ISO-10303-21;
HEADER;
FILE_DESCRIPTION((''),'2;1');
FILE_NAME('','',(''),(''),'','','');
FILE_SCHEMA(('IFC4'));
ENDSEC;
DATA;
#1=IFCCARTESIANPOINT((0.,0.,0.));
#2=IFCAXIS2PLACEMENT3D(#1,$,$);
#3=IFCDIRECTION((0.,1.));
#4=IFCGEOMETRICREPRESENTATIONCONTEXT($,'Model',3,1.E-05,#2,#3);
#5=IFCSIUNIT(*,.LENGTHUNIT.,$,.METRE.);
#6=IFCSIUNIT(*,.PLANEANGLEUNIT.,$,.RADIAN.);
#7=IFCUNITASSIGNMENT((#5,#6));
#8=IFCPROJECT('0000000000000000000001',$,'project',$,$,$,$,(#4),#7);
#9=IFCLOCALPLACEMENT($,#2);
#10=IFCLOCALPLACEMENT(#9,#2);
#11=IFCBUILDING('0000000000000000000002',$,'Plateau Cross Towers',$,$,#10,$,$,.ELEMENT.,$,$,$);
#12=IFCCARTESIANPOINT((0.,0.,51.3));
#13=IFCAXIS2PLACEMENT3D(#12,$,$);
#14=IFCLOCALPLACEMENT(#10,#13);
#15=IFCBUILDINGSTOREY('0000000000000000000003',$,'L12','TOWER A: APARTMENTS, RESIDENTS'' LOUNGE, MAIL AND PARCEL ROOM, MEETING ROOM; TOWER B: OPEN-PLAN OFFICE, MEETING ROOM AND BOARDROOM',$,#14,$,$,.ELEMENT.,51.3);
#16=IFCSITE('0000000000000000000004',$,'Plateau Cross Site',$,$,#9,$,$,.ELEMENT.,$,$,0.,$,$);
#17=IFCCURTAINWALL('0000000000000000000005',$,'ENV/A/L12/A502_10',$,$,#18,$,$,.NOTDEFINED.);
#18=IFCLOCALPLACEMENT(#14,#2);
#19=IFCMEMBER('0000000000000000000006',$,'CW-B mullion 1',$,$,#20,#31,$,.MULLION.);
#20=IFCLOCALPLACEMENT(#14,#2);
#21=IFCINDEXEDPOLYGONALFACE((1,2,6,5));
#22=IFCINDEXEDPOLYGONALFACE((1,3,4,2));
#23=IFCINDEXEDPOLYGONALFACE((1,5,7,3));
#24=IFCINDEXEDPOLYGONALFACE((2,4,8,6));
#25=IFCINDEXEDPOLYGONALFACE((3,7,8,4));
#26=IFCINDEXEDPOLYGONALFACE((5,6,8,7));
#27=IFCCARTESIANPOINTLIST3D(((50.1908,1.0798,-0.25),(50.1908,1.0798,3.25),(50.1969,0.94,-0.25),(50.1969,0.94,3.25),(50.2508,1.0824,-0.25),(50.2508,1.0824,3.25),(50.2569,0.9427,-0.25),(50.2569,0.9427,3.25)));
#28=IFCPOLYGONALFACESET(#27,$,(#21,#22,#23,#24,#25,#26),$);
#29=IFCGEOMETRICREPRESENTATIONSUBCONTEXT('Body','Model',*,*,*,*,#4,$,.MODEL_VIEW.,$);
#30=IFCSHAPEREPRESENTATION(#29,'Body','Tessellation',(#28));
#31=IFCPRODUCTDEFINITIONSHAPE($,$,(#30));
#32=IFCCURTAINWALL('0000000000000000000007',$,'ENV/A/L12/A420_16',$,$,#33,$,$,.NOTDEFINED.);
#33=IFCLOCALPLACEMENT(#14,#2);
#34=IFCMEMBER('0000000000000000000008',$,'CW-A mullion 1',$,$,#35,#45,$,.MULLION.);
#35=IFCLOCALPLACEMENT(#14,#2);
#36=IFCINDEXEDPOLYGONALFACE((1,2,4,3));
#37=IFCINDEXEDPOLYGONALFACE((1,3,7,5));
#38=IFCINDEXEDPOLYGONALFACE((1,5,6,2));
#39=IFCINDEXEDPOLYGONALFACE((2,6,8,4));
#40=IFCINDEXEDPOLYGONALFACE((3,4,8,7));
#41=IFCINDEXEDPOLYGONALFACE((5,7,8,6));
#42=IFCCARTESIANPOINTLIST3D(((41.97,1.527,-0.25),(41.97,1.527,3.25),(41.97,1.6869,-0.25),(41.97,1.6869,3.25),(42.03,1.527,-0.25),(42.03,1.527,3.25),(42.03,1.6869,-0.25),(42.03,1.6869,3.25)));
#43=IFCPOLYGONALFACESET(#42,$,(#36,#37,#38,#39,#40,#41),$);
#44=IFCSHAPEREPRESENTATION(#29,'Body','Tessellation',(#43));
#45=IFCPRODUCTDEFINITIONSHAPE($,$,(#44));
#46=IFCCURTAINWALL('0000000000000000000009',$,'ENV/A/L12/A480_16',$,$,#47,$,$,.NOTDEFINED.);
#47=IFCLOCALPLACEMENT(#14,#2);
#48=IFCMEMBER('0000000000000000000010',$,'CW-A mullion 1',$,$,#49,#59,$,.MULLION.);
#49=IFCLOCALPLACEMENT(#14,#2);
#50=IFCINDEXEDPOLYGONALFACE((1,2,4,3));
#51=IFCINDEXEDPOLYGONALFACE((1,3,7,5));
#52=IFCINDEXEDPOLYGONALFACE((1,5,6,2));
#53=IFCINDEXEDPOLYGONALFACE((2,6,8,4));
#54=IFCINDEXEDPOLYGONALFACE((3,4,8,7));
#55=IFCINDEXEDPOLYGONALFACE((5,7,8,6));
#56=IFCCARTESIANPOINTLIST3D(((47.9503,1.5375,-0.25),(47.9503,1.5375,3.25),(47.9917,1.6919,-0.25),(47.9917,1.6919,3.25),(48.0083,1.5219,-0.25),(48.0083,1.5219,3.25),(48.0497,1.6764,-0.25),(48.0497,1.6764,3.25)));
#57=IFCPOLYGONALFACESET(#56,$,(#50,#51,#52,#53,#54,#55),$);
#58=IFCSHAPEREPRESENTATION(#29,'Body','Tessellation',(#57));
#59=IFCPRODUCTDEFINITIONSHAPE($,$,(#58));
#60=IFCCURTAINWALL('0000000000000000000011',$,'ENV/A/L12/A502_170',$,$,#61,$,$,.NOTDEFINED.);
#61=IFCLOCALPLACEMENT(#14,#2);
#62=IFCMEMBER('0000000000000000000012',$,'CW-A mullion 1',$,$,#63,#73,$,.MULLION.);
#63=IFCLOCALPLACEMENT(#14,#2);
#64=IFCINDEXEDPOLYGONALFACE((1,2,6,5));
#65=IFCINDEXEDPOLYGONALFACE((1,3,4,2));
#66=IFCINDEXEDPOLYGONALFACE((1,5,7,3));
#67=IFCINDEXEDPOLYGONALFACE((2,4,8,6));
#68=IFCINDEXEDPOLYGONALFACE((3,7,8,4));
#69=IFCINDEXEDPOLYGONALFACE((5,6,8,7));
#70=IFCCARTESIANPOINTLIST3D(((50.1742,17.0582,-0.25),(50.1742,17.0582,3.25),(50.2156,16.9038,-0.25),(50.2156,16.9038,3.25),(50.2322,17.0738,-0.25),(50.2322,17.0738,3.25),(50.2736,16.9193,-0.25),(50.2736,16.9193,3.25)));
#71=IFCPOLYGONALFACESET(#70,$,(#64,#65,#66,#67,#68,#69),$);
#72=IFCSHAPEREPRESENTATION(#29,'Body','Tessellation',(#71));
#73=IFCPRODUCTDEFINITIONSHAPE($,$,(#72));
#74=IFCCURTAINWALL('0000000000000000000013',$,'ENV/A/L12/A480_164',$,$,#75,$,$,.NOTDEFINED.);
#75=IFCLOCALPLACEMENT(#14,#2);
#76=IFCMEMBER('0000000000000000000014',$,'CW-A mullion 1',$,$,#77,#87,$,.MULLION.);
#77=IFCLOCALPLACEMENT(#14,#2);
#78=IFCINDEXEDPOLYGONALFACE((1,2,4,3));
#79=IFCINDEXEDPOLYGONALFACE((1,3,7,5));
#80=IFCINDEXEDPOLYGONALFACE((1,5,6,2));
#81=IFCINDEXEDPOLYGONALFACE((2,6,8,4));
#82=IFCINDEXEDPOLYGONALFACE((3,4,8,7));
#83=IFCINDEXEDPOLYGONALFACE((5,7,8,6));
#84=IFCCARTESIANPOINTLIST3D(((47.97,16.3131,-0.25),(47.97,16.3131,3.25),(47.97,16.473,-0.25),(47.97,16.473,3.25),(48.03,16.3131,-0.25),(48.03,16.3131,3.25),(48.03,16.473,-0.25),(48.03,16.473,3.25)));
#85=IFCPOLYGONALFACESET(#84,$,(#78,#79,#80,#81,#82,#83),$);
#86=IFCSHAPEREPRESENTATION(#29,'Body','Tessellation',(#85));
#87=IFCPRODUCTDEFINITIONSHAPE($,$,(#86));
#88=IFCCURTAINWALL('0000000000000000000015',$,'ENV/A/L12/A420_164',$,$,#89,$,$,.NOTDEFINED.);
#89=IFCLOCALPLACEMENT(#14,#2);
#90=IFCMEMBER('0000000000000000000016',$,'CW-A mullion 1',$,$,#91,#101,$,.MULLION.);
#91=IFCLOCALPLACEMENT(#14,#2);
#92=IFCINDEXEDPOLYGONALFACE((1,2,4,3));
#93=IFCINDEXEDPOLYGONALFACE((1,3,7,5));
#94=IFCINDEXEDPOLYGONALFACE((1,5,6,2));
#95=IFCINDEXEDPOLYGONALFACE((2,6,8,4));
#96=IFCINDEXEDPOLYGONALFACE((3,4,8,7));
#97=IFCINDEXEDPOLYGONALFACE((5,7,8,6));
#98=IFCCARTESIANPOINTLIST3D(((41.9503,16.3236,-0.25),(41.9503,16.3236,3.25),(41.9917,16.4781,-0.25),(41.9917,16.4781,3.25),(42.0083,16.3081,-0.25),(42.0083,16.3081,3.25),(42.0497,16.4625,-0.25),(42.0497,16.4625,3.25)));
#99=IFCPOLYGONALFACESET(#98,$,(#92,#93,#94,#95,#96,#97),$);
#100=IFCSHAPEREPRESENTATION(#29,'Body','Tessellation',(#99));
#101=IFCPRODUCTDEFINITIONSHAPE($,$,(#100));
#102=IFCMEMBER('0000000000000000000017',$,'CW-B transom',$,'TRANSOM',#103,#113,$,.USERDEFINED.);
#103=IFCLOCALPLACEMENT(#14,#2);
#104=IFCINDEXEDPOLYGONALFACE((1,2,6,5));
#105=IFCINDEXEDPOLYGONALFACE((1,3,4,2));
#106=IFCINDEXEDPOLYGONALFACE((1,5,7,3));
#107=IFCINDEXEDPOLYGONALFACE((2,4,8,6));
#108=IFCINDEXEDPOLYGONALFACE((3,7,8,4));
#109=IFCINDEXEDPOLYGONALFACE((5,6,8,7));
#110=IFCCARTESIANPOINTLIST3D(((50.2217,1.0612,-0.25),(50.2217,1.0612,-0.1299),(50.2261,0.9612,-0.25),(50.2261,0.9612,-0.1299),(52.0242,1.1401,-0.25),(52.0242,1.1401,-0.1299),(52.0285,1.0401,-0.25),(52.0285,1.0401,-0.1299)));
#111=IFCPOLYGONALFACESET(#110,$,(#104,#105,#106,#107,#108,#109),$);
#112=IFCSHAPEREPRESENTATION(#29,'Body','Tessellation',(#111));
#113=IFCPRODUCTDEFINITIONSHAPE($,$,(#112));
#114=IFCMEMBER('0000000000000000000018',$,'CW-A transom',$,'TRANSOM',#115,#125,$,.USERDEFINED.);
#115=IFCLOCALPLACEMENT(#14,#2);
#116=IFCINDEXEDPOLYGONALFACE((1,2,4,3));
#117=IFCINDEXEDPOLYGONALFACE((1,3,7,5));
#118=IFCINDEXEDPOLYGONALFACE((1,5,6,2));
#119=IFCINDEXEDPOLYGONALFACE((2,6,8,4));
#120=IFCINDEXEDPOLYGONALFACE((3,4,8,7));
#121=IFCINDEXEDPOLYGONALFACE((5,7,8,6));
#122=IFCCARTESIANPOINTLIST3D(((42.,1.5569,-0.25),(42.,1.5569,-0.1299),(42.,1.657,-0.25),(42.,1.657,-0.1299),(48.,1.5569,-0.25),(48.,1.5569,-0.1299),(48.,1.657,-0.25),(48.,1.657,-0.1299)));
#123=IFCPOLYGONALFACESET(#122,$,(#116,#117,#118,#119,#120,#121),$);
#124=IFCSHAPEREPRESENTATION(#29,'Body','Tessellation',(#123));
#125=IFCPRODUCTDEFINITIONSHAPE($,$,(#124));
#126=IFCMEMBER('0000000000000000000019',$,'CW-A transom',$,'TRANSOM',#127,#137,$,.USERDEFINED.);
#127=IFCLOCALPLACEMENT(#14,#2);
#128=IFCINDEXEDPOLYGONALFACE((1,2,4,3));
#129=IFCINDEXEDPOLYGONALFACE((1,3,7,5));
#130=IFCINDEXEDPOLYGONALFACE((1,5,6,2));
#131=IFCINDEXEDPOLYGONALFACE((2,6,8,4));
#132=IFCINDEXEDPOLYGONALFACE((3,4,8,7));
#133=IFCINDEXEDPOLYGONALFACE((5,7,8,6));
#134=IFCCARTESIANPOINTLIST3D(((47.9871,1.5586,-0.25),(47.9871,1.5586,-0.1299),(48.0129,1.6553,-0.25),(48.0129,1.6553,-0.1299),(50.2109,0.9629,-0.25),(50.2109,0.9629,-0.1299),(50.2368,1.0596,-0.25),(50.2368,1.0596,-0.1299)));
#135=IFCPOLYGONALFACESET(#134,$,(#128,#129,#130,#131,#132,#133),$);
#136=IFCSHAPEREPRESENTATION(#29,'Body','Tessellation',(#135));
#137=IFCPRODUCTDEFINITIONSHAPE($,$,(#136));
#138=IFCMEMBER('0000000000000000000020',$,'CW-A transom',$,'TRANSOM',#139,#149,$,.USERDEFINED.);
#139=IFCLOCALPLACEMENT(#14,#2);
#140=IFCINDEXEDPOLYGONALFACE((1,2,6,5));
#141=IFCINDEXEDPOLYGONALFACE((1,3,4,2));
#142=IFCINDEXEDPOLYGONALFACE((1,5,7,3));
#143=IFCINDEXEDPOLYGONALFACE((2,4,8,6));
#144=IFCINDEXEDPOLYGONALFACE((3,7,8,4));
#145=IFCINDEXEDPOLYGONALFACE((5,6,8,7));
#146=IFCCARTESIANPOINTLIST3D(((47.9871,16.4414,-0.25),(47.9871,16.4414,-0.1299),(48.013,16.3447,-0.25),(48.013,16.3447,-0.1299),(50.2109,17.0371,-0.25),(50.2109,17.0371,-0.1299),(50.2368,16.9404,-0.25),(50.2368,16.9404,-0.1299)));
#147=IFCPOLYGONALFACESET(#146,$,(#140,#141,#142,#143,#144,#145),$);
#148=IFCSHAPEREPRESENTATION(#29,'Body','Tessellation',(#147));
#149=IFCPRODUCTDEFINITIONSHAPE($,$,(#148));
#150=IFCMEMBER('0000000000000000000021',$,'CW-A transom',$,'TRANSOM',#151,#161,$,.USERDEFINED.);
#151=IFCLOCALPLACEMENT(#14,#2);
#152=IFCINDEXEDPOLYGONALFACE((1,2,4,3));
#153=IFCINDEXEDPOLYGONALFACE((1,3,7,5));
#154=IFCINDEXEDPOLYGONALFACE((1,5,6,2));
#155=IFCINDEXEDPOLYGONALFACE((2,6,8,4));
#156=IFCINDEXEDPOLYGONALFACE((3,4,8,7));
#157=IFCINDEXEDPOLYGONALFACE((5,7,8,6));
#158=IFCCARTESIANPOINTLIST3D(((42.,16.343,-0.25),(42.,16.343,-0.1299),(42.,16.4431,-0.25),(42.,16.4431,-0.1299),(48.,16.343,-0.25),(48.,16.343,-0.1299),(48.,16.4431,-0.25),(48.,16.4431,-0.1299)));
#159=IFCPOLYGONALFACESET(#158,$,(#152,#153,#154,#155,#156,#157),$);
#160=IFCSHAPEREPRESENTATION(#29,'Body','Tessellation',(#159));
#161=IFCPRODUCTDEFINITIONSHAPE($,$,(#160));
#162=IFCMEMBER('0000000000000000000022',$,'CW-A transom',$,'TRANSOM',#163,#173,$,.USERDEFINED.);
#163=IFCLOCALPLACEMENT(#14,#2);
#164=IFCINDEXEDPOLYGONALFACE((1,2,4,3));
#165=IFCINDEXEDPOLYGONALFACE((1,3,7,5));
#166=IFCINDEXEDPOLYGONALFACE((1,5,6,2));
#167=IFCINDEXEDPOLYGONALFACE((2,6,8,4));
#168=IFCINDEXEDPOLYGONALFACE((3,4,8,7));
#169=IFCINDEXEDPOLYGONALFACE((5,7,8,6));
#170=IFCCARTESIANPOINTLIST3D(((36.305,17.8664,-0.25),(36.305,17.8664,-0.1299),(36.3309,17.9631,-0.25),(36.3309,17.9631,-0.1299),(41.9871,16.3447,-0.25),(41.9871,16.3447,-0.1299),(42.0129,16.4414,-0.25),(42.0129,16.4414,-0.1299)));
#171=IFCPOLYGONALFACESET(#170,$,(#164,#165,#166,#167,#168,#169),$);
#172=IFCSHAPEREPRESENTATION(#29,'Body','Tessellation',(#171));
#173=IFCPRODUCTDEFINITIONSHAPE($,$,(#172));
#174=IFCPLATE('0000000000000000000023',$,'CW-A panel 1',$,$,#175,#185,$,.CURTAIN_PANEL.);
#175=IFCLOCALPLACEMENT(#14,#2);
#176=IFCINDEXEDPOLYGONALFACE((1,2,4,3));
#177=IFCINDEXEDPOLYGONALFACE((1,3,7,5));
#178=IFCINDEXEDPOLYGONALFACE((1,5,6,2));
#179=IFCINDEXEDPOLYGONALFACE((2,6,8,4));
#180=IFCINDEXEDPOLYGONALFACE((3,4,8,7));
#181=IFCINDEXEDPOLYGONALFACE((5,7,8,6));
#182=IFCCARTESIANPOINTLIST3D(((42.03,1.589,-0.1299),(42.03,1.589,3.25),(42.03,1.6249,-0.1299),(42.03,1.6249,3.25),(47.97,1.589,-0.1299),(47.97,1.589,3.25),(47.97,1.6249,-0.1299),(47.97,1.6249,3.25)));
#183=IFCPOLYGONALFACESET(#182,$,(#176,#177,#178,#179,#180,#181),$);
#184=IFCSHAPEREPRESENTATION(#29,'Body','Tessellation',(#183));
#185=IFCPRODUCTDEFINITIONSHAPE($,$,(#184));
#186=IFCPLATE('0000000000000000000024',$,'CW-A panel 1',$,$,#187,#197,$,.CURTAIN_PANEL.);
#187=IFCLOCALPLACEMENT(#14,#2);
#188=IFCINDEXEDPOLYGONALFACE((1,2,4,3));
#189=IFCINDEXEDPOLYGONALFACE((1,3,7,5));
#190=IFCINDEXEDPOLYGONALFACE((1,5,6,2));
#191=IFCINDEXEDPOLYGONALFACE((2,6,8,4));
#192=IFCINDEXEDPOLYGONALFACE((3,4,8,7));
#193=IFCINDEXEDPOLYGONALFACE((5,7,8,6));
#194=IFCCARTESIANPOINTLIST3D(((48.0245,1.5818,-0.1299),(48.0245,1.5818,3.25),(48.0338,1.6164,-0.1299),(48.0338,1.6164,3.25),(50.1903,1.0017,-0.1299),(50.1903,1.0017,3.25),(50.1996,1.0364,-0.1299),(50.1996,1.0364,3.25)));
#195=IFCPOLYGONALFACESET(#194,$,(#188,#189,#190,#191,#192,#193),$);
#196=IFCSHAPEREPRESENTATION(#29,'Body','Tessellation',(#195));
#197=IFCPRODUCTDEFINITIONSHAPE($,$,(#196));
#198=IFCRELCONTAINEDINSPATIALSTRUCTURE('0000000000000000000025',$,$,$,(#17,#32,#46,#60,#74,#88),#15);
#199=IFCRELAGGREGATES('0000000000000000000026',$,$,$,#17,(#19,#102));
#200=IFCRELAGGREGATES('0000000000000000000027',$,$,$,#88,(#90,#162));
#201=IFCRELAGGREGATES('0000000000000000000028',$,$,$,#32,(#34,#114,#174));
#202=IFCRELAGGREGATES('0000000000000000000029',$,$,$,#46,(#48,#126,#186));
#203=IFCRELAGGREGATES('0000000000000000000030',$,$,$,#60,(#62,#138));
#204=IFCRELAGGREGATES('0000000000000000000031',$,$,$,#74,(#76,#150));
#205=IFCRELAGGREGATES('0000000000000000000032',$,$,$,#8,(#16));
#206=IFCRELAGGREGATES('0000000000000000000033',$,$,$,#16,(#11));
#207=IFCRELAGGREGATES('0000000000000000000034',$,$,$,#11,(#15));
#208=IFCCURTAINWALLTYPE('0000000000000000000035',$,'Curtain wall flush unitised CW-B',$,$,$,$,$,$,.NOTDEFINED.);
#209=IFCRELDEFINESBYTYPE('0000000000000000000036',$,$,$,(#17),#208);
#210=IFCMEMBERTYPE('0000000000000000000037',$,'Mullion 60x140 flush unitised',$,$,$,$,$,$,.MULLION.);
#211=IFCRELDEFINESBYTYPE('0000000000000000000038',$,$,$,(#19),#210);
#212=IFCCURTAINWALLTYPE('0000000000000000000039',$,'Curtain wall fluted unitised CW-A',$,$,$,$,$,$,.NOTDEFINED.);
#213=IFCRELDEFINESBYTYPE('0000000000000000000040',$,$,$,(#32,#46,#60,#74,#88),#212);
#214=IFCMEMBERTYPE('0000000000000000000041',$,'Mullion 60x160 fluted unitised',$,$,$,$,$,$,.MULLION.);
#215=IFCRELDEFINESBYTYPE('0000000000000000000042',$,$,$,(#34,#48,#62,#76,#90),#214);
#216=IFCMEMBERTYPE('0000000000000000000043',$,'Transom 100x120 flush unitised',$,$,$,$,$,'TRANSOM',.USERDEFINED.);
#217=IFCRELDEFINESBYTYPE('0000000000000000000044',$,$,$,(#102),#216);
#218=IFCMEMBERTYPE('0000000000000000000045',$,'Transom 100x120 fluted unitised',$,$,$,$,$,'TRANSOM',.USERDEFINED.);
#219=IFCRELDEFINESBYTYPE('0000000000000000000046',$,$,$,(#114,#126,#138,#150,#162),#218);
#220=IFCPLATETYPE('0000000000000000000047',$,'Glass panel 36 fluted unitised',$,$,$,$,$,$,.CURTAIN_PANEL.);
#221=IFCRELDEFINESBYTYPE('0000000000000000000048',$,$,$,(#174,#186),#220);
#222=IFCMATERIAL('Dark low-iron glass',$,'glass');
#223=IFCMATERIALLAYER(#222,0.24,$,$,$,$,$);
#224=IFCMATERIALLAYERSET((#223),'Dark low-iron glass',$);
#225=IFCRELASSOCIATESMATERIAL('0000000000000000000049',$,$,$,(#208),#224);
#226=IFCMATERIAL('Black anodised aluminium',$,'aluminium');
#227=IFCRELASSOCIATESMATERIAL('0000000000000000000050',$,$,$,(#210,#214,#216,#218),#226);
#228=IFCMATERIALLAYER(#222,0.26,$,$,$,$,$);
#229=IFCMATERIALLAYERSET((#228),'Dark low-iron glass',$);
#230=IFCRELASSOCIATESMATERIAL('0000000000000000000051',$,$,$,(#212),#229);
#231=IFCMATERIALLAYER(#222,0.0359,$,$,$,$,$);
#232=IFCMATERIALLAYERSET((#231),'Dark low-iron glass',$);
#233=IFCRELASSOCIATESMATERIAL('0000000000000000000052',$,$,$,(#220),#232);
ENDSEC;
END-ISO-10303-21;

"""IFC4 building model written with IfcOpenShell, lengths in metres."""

from ifc_helpers import new_model, si_unit, direction, frame, origin, origin_2d, place, context, subcontext, project, spatial, rectangle, extrude, material, layer, layer_set, material_profile, profile_set, type_object, element, aggregate, save


model = new_model("IFC4")

# Units and contexts
model_context = context("Model", 3, precision=1e-05, world=origin(), true_north=direction((0.0, 1.0)))
body_context = subcontext(model_context, "Body", "Model", "MODEL_VIEW")
ifc_project = project(units=[si_unit("LENGTHUNIT", "METRE"), si_unit("PLANEANGLEUNIT", "RADIAN")], contexts=[model_context])

# Site, building, storey
site_placement = place(None, origin())
site = spatial("IfcSite", under=ifc_project, at=site_placement, Name="Plateau Cross Site", CompositionType="ELEMENT", RefElevation=0.0)
building_placement = place(site_placement, origin())
building = spatial("IfcBuilding", under=site, at=building_placement, Name="Plateau Cross Towers", CompositionType="ELEMENT")
storey_placement = place(building_placement, frame((0.0, 0.0, 51.3)))
storey = spatial("IfcBuildingStorey", under=building, at=storey_placement, Name="L12", Description="TOWER A: APARTMENTS, RESIDENTS' LOUNGE, MAIL AND PARCEL ROOM, MEETING ROOM; TOWER B: OPEN-PLAN OFFICE, MEETING ROOM AND BOARDROOM", CompositionType="ELEMENT", Elevation=51.3)

# Curtain walls, members
ifc_material_1 = material(Name="Dark low-iron glass", Category="glass")
ifc_layer_1 = layer(ifc_material_1, 0.24)
ifc_layer_set_1 = layer_set([ifc_layer_1], Name="Dark low-iron glass")
curtain_wall_type_1 = type_object("IfcCurtainWallType", Name="Curtain wall flush unitised CW-B", PredefinedType="NOTDEFINED", material=ifc_layer_set_1)
curtain_wall_1_placement = place(storey_placement, origin())
curtain_wall_1 = element("IfcCurtainWall", 1, at=curtain_wall_1_placement, inside=storey, type_object=curtain_wall_type_1, Name="ENV/A/L12/A502_10", PredefinedType="NOTDEFINED")
ifc_material_2 = material(Name="Black anodised aluminium", Category="aluminium")
ifc_material_profile_1 = material_profile(ifc_material_2, rectangle(XDim=0.0601, YDim=0.1399, at=origin_2d()), Name="MULLION 60x140")
ifc_profile_set_1 = profile_set([ifc_material_profile_1], Name="Black anodised aluminium")
member_type_1 = type_object("IfcMemberType", Name="Mullion 60x140 flush unitised", PredefinedType="MULLION", material=ifc_profile_set_1)
member_1_placement = place(storey_placement, frame((50.2239, 1.0112, -0.25), z_axis=(0.0, 0.0, 1.0), x_axis=(0.999044, 0.043723, 0.0)))
member_1 = element("IfcMember", 2, at=member_1_placement, type_object=member_type_1, Name="CW-B mullion 1", PredefinedType="MULLION", context=body_context, shape_type="SweptSolid", body=[
    extrude(rectangle(XDim=0.0601, YDim=0.1399, at=origin_2d()), origin(), (0.0, 0.0, 1.0), 3.5),
])
ifc_layer_2 = layer(ifc_material_1, 0.26)
ifc_layer_set_2 = layer_set([ifc_layer_2], Name="Dark low-iron glass")
curtain_wall_type_2 = type_object("IfcCurtainWallType", Name="Curtain wall fluted unitised CW-A", PredefinedType="NOTDEFINED", material=ifc_layer_set_2)
curtain_wall_2_placement = place(storey_placement, origin())
curtain_wall_2 = element("IfcCurtainWall", 3, at=curtain_wall_2_placement, inside=storey, type_object=curtain_wall_type_2, Name="ENV/A/L12/A420_16", PredefinedType="NOTDEFINED")
ifc_material_profile_2 = material_profile(ifc_material_2, rectangle(XDim=0.0601, YDim=0.1599, at=origin_2d()), Name="MULLION 60x160")
ifc_profile_set_2 = profile_set([ifc_material_profile_2], Name="Black anodised aluminium")
member_type_2 = type_object("IfcMemberType", Name="Mullion 60x160 fluted unitised", PredefinedType="MULLION", material=ifc_profile_set_2)
member_2_placement = place(storey_placement, frame((42.0, 1.6069, -0.25), z_axis=(0.0, 0.0, 1.0), x_axis=(1.0, 0.0, 0.0)))
member_2 = element("IfcMember", 4, at=member_2_placement, type_object=member_type_2, Name="CW-A mullion 1", PredefinedType="MULLION", context=body_context, shape_type="SweptSolid", body=[
    extrude(rectangle(XDim=0.0601, YDim=0.1599, at=origin_2d()), origin(), (0.0, 0.0, 1.0), 3.5),
])
curtain_wall_3_placement = place(storey_placement, origin())
curtain_wall_3 = element("IfcCurtainWall", 5, at=curtain_wall_3_placement, inside=storey, type_object=curtain_wall_type_2, Name="ENV/A/L12/A480_16", PredefinedType="NOTDEFINED")
member_3_placement = place(storey_placement, frame((48.0, 1.6069, -0.25), z_axis=(0.0, 0.0, 1.0), x_axis=(0.965958, -0.258699, 0.0)))
member_3 = element("IfcMember", 6, at=member_3_placement, type_object=member_type_2, Name="CW-A mullion 1", PredefinedType="MULLION", context=body_context, shape_type="SweptSolid", body=[
    extrude(rectangle(XDim=0.0601, YDim=0.1599, at=origin_2d()), origin(), (0.0, 0.0, 1.0), 3.5),
])
curtain_wall_4_placement = place(storey_placement, origin())
curtain_wall_4 = element("IfcCurtainWall", 7, at=curtain_wall_4_placement, inside=storey, type_object=curtain_wall_type_2, Name="ENV/A/L12/A502_170", PredefinedType="NOTDEFINED")
member_4_placement = place(storey_placement, frame((50.2239, 16.9888, -0.25), z_axis=(0.0, 0.0, 1.0), x_axis=(-0.965958, -0.258699, 0.0)))
member_4 = element("IfcMember", 8, at=member_4_placement, type_object=member_type_2, Name="CW-A mullion 1", PredefinedType="MULLION", context=body_context, shape_type="SweptSolid", body=[
    extrude(rectangle(XDim=0.0601, YDim=0.1599, at=origin_2d()), origin(), (0.0, 0.0, 1.0), 3.5),
])
curtain_wall_5_placement = place(storey_placement, origin())
curtain_wall_5 = element("IfcCurtainWall", 9, at=curtain_wall_5_placement, inside=storey, type_object=curtain_wall_type_2, Name="ENV/A/L12/A480_164", PredefinedType="NOTDEFINED")
member_5_placement = place(storey_placement, frame((48.0, 16.3931, -0.25), z_axis=(0.0, 0.0, 1.0), x_axis=(-1.0, 0.0, 0.0)))
member_5 = element("IfcMember", 10, at=member_5_placement, type_object=member_type_2, Name="CW-A mullion 1", PredefinedType="MULLION", context=body_context, shape_type="SweptSolid", body=[
    extrude(rectangle(XDim=0.0601, YDim=0.1599, at=origin_2d()), origin(), (0.0, 0.0, 1.0), 3.5),
])
curtain_wall_6_placement = place(storey_placement, origin())
curtain_wall_6 = element("IfcCurtainWall", 11, at=curtain_wall_6_placement, inside=storey, type_object=curtain_wall_type_2, Name="ENV/A/L12/A420_164", PredefinedType="NOTDEFINED")
member_6_placement = place(storey_placement, frame((42.0, 16.3931, -0.25), z_axis=(0.0, 0.0, 1.0), x_axis=(-0.965958, 0.258699, 0.0)))
member_6 = element("IfcMember", 12, at=member_6_placement, type_object=member_type_2, Name="CW-A mullion 1", PredefinedType="MULLION", context=body_context, shape_type="SweptSolid", body=[
    extrude(rectangle(XDim=0.0601, YDim=0.1599, at=origin_2d()), origin(), (0.0, 0.0, 1.0), 3.5),
])

# Members
ifc_material_profile_3 = material_profile(ifc_material_2, rectangle(XDim=0.1001, YDim=0.1201, at=origin_2d()), Name="TRANSOM 100x120")
ifc_profile_set_3 = profile_set([ifc_material_profile_3], Name="Black anodised aluminium")
member_type_3 = type_object("IfcMemberType", Name="Transom 100x120 flush unitised", ElementType="TRANSOM", PredefinedType="USERDEFINED", material=ifc_profile_set_3)
member_7_placement = place(storey_placement, frame((50.2239, 1.0112, -0.1899), z_axis=(0.999044, 0.043707, 0.0), x_axis=(-0.043707, 0.999044, 0.0)))
member_7 = element("IfcMember", 13, at=member_7_placement, type_object=member_type_3, Name="CW-B transom", ObjectType="TRANSOM", PredefinedType="USERDEFINED", context=body_context, shape_type="SweptSolid", body=[
    extrude(rectangle(XDim=0.1001, YDim=0.1201, at=origin_2d()), origin(), (0.0, 0.0, 1.0), 1.8042),
])
aggregate(curtain_wall_1, [member_1, member_7])
ifc_material_profile_4 = material_profile(ifc_material_2, rectangle(XDim=0.1001, YDim=0.1201, at=origin_2d()), Name="TRANSOM 100x120")
ifc_profile_set_4 = profile_set([ifc_material_profile_4], Name="Black anodised aluminium")
member_type_4 = type_object("IfcMemberType", Name="Transom 100x120 fluted unitised", ElementType="TRANSOM", PredefinedType="USERDEFINED", material=ifc_profile_set_4)
member_8_placement = place(storey_placement, frame((42.0, 1.6069, -0.1899), z_axis=(1.0, 0.0, 0.0), x_axis=(0.0, 1.0, 0.0)))
member_8 = element("IfcMember", 14, at=member_8_placement, type_object=member_type_4, Name="CW-A transom", ObjectType="TRANSOM", PredefinedType="USERDEFINED", context=body_context, shape_type="SweptSolid", body=[
    extrude(rectangle(XDim=0.1001, YDim=0.1201, at=origin_2d()), origin(), (0.0, 0.0, 1.0), 6.0),
])
member_9_placement = place(storey_placement, frame((48.0, 1.6069, -0.1899), z_axis=(0.965946, -0.258745, 0.0), x_axis=(0.258745, 0.965946, 0.0)))
member_9 = element("IfcMember", 15, at=member_9_placement, type_object=member_type_4, Name="CW-A transom", ObjectType="TRANSOM", PredefinedType="USERDEFINED", context=body_context, shape_type="SweptSolid", body=[
    extrude(rectangle(XDim=0.1001, YDim=0.1201, at=origin_2d()), origin(), (0.0, 0.0, 1.0), 2.3022),
])
member_10_placement = place(storey_placement, frame((50.2239, 16.9888, -0.1899), z_axis=(-0.965946, -0.258745, 0.0), x_axis=(0.258745, -0.965946, 0.0)))
member_10 = element("IfcMember", 16, at=member_10_placement, type_object=member_type_4, Name="CW-A transom", ObjectType="TRANSOM", PredefinedType="USERDEFINED", context=body_context, shape_type="SweptSolid", body=[
    extrude(rectangle(XDim=0.1001, YDim=0.1201, at=origin_2d()), origin(), (0.0, 0.0, 1.0), 2.3022),
])
member_11_placement = place(storey_placement, frame((48.0, 16.3931, -0.1899), z_axis=(-1.0, 0.0, 0.0), x_axis=(0.0, -1.0, 0.0)))
member_11 = element("IfcMember", 17, at=member_11_placement, type_object=member_type_4, Name="CW-A transom", ObjectType="TRANSOM", PredefinedType="USERDEFINED", context=body_context, shape_type="SweptSolid", body=[
    extrude(rectangle(XDim=0.1001, YDim=0.1201, at=origin_2d()), origin(), (0.0, 0.0, 1.0), 6.0),
])
member_12_placement = place(storey_placement, frame((42.0, 16.3931, -0.1899), z_axis=(-0.96596, 0.258693, 0.0), x_axis=(-0.258693, -0.96596, 0.0)))
member_12 = element("IfcMember", 18, at=member_12_placement, type_object=member_type_4, Name="CW-A transom", ObjectType="TRANSOM", PredefinedType="USERDEFINED", context=body_context, shape_type="SweptSolid", body=[
    extrude(rectangle(XDim=0.1001, YDim=0.1201, at=origin_2d()), origin(), (0.0, 0.0, 1.0), 5.8823),
])
aggregate(curtain_wall_6, [member_6, member_12])

# Plates
ifc_layer_3 = layer(ifc_material_1, 0.0359)
ifc_layer_set_3 = layer_set([ifc_layer_3], Name="Dark low-iron glass")
plate_type = type_object("IfcPlateType", Name="Glass panel 36 fluted unitised", PredefinedType="CURTAIN_PANEL", material=ifc_layer_set_3)
plate_1_placement = place(storey_placement, frame((45.0, 1.6069, -0.1299), z_axis=(0.0, 0.0, 1.0), x_axis=(1.0, 0.0, 0.0)))
plate_1 = element("IfcPlate", 19, at=plate_1_placement, type_object=plate_type, Name="CW-A panel 1", PredefinedType="CURTAIN_PANEL", context=body_context, shape_type="SweptSolid", body=[
    extrude(rectangle(XDim=5.9399, YDim=0.0359, at=origin_2d()), origin(), (0.0, 0.0, 1.0), 3.3799),
])
aggregate(curtain_wall_2, [member_2, member_8, plate_1])
plate_2_placement = place(storey_placement, frame((49.1121, 1.3091, -0.1299), z_axis=(0.0, 0.0, 1.0), x_axis=(0.965958, -0.258699, 0.0)))
plate_2 = element("IfcPlate", 20, at=plate_2_placement, type_object=plate_type, Name="CW-A panel 1", PredefinedType="CURTAIN_PANEL", context=body_context, shape_type="SweptSolid", body=[
    extrude(rectangle(XDim=2.2422, YDim=0.0359, at=origin_2d()), origin(), (0.0, 0.0, 1.0), 3.3799),
])
aggregate(curtain_wall_3, [member_3, member_9, plate_2])
aggregate(curtain_wall_4, [member_4, member_10])
aggregate(curtain_wall_5, [member_5, member_11])

save(model, "model.ifc")
